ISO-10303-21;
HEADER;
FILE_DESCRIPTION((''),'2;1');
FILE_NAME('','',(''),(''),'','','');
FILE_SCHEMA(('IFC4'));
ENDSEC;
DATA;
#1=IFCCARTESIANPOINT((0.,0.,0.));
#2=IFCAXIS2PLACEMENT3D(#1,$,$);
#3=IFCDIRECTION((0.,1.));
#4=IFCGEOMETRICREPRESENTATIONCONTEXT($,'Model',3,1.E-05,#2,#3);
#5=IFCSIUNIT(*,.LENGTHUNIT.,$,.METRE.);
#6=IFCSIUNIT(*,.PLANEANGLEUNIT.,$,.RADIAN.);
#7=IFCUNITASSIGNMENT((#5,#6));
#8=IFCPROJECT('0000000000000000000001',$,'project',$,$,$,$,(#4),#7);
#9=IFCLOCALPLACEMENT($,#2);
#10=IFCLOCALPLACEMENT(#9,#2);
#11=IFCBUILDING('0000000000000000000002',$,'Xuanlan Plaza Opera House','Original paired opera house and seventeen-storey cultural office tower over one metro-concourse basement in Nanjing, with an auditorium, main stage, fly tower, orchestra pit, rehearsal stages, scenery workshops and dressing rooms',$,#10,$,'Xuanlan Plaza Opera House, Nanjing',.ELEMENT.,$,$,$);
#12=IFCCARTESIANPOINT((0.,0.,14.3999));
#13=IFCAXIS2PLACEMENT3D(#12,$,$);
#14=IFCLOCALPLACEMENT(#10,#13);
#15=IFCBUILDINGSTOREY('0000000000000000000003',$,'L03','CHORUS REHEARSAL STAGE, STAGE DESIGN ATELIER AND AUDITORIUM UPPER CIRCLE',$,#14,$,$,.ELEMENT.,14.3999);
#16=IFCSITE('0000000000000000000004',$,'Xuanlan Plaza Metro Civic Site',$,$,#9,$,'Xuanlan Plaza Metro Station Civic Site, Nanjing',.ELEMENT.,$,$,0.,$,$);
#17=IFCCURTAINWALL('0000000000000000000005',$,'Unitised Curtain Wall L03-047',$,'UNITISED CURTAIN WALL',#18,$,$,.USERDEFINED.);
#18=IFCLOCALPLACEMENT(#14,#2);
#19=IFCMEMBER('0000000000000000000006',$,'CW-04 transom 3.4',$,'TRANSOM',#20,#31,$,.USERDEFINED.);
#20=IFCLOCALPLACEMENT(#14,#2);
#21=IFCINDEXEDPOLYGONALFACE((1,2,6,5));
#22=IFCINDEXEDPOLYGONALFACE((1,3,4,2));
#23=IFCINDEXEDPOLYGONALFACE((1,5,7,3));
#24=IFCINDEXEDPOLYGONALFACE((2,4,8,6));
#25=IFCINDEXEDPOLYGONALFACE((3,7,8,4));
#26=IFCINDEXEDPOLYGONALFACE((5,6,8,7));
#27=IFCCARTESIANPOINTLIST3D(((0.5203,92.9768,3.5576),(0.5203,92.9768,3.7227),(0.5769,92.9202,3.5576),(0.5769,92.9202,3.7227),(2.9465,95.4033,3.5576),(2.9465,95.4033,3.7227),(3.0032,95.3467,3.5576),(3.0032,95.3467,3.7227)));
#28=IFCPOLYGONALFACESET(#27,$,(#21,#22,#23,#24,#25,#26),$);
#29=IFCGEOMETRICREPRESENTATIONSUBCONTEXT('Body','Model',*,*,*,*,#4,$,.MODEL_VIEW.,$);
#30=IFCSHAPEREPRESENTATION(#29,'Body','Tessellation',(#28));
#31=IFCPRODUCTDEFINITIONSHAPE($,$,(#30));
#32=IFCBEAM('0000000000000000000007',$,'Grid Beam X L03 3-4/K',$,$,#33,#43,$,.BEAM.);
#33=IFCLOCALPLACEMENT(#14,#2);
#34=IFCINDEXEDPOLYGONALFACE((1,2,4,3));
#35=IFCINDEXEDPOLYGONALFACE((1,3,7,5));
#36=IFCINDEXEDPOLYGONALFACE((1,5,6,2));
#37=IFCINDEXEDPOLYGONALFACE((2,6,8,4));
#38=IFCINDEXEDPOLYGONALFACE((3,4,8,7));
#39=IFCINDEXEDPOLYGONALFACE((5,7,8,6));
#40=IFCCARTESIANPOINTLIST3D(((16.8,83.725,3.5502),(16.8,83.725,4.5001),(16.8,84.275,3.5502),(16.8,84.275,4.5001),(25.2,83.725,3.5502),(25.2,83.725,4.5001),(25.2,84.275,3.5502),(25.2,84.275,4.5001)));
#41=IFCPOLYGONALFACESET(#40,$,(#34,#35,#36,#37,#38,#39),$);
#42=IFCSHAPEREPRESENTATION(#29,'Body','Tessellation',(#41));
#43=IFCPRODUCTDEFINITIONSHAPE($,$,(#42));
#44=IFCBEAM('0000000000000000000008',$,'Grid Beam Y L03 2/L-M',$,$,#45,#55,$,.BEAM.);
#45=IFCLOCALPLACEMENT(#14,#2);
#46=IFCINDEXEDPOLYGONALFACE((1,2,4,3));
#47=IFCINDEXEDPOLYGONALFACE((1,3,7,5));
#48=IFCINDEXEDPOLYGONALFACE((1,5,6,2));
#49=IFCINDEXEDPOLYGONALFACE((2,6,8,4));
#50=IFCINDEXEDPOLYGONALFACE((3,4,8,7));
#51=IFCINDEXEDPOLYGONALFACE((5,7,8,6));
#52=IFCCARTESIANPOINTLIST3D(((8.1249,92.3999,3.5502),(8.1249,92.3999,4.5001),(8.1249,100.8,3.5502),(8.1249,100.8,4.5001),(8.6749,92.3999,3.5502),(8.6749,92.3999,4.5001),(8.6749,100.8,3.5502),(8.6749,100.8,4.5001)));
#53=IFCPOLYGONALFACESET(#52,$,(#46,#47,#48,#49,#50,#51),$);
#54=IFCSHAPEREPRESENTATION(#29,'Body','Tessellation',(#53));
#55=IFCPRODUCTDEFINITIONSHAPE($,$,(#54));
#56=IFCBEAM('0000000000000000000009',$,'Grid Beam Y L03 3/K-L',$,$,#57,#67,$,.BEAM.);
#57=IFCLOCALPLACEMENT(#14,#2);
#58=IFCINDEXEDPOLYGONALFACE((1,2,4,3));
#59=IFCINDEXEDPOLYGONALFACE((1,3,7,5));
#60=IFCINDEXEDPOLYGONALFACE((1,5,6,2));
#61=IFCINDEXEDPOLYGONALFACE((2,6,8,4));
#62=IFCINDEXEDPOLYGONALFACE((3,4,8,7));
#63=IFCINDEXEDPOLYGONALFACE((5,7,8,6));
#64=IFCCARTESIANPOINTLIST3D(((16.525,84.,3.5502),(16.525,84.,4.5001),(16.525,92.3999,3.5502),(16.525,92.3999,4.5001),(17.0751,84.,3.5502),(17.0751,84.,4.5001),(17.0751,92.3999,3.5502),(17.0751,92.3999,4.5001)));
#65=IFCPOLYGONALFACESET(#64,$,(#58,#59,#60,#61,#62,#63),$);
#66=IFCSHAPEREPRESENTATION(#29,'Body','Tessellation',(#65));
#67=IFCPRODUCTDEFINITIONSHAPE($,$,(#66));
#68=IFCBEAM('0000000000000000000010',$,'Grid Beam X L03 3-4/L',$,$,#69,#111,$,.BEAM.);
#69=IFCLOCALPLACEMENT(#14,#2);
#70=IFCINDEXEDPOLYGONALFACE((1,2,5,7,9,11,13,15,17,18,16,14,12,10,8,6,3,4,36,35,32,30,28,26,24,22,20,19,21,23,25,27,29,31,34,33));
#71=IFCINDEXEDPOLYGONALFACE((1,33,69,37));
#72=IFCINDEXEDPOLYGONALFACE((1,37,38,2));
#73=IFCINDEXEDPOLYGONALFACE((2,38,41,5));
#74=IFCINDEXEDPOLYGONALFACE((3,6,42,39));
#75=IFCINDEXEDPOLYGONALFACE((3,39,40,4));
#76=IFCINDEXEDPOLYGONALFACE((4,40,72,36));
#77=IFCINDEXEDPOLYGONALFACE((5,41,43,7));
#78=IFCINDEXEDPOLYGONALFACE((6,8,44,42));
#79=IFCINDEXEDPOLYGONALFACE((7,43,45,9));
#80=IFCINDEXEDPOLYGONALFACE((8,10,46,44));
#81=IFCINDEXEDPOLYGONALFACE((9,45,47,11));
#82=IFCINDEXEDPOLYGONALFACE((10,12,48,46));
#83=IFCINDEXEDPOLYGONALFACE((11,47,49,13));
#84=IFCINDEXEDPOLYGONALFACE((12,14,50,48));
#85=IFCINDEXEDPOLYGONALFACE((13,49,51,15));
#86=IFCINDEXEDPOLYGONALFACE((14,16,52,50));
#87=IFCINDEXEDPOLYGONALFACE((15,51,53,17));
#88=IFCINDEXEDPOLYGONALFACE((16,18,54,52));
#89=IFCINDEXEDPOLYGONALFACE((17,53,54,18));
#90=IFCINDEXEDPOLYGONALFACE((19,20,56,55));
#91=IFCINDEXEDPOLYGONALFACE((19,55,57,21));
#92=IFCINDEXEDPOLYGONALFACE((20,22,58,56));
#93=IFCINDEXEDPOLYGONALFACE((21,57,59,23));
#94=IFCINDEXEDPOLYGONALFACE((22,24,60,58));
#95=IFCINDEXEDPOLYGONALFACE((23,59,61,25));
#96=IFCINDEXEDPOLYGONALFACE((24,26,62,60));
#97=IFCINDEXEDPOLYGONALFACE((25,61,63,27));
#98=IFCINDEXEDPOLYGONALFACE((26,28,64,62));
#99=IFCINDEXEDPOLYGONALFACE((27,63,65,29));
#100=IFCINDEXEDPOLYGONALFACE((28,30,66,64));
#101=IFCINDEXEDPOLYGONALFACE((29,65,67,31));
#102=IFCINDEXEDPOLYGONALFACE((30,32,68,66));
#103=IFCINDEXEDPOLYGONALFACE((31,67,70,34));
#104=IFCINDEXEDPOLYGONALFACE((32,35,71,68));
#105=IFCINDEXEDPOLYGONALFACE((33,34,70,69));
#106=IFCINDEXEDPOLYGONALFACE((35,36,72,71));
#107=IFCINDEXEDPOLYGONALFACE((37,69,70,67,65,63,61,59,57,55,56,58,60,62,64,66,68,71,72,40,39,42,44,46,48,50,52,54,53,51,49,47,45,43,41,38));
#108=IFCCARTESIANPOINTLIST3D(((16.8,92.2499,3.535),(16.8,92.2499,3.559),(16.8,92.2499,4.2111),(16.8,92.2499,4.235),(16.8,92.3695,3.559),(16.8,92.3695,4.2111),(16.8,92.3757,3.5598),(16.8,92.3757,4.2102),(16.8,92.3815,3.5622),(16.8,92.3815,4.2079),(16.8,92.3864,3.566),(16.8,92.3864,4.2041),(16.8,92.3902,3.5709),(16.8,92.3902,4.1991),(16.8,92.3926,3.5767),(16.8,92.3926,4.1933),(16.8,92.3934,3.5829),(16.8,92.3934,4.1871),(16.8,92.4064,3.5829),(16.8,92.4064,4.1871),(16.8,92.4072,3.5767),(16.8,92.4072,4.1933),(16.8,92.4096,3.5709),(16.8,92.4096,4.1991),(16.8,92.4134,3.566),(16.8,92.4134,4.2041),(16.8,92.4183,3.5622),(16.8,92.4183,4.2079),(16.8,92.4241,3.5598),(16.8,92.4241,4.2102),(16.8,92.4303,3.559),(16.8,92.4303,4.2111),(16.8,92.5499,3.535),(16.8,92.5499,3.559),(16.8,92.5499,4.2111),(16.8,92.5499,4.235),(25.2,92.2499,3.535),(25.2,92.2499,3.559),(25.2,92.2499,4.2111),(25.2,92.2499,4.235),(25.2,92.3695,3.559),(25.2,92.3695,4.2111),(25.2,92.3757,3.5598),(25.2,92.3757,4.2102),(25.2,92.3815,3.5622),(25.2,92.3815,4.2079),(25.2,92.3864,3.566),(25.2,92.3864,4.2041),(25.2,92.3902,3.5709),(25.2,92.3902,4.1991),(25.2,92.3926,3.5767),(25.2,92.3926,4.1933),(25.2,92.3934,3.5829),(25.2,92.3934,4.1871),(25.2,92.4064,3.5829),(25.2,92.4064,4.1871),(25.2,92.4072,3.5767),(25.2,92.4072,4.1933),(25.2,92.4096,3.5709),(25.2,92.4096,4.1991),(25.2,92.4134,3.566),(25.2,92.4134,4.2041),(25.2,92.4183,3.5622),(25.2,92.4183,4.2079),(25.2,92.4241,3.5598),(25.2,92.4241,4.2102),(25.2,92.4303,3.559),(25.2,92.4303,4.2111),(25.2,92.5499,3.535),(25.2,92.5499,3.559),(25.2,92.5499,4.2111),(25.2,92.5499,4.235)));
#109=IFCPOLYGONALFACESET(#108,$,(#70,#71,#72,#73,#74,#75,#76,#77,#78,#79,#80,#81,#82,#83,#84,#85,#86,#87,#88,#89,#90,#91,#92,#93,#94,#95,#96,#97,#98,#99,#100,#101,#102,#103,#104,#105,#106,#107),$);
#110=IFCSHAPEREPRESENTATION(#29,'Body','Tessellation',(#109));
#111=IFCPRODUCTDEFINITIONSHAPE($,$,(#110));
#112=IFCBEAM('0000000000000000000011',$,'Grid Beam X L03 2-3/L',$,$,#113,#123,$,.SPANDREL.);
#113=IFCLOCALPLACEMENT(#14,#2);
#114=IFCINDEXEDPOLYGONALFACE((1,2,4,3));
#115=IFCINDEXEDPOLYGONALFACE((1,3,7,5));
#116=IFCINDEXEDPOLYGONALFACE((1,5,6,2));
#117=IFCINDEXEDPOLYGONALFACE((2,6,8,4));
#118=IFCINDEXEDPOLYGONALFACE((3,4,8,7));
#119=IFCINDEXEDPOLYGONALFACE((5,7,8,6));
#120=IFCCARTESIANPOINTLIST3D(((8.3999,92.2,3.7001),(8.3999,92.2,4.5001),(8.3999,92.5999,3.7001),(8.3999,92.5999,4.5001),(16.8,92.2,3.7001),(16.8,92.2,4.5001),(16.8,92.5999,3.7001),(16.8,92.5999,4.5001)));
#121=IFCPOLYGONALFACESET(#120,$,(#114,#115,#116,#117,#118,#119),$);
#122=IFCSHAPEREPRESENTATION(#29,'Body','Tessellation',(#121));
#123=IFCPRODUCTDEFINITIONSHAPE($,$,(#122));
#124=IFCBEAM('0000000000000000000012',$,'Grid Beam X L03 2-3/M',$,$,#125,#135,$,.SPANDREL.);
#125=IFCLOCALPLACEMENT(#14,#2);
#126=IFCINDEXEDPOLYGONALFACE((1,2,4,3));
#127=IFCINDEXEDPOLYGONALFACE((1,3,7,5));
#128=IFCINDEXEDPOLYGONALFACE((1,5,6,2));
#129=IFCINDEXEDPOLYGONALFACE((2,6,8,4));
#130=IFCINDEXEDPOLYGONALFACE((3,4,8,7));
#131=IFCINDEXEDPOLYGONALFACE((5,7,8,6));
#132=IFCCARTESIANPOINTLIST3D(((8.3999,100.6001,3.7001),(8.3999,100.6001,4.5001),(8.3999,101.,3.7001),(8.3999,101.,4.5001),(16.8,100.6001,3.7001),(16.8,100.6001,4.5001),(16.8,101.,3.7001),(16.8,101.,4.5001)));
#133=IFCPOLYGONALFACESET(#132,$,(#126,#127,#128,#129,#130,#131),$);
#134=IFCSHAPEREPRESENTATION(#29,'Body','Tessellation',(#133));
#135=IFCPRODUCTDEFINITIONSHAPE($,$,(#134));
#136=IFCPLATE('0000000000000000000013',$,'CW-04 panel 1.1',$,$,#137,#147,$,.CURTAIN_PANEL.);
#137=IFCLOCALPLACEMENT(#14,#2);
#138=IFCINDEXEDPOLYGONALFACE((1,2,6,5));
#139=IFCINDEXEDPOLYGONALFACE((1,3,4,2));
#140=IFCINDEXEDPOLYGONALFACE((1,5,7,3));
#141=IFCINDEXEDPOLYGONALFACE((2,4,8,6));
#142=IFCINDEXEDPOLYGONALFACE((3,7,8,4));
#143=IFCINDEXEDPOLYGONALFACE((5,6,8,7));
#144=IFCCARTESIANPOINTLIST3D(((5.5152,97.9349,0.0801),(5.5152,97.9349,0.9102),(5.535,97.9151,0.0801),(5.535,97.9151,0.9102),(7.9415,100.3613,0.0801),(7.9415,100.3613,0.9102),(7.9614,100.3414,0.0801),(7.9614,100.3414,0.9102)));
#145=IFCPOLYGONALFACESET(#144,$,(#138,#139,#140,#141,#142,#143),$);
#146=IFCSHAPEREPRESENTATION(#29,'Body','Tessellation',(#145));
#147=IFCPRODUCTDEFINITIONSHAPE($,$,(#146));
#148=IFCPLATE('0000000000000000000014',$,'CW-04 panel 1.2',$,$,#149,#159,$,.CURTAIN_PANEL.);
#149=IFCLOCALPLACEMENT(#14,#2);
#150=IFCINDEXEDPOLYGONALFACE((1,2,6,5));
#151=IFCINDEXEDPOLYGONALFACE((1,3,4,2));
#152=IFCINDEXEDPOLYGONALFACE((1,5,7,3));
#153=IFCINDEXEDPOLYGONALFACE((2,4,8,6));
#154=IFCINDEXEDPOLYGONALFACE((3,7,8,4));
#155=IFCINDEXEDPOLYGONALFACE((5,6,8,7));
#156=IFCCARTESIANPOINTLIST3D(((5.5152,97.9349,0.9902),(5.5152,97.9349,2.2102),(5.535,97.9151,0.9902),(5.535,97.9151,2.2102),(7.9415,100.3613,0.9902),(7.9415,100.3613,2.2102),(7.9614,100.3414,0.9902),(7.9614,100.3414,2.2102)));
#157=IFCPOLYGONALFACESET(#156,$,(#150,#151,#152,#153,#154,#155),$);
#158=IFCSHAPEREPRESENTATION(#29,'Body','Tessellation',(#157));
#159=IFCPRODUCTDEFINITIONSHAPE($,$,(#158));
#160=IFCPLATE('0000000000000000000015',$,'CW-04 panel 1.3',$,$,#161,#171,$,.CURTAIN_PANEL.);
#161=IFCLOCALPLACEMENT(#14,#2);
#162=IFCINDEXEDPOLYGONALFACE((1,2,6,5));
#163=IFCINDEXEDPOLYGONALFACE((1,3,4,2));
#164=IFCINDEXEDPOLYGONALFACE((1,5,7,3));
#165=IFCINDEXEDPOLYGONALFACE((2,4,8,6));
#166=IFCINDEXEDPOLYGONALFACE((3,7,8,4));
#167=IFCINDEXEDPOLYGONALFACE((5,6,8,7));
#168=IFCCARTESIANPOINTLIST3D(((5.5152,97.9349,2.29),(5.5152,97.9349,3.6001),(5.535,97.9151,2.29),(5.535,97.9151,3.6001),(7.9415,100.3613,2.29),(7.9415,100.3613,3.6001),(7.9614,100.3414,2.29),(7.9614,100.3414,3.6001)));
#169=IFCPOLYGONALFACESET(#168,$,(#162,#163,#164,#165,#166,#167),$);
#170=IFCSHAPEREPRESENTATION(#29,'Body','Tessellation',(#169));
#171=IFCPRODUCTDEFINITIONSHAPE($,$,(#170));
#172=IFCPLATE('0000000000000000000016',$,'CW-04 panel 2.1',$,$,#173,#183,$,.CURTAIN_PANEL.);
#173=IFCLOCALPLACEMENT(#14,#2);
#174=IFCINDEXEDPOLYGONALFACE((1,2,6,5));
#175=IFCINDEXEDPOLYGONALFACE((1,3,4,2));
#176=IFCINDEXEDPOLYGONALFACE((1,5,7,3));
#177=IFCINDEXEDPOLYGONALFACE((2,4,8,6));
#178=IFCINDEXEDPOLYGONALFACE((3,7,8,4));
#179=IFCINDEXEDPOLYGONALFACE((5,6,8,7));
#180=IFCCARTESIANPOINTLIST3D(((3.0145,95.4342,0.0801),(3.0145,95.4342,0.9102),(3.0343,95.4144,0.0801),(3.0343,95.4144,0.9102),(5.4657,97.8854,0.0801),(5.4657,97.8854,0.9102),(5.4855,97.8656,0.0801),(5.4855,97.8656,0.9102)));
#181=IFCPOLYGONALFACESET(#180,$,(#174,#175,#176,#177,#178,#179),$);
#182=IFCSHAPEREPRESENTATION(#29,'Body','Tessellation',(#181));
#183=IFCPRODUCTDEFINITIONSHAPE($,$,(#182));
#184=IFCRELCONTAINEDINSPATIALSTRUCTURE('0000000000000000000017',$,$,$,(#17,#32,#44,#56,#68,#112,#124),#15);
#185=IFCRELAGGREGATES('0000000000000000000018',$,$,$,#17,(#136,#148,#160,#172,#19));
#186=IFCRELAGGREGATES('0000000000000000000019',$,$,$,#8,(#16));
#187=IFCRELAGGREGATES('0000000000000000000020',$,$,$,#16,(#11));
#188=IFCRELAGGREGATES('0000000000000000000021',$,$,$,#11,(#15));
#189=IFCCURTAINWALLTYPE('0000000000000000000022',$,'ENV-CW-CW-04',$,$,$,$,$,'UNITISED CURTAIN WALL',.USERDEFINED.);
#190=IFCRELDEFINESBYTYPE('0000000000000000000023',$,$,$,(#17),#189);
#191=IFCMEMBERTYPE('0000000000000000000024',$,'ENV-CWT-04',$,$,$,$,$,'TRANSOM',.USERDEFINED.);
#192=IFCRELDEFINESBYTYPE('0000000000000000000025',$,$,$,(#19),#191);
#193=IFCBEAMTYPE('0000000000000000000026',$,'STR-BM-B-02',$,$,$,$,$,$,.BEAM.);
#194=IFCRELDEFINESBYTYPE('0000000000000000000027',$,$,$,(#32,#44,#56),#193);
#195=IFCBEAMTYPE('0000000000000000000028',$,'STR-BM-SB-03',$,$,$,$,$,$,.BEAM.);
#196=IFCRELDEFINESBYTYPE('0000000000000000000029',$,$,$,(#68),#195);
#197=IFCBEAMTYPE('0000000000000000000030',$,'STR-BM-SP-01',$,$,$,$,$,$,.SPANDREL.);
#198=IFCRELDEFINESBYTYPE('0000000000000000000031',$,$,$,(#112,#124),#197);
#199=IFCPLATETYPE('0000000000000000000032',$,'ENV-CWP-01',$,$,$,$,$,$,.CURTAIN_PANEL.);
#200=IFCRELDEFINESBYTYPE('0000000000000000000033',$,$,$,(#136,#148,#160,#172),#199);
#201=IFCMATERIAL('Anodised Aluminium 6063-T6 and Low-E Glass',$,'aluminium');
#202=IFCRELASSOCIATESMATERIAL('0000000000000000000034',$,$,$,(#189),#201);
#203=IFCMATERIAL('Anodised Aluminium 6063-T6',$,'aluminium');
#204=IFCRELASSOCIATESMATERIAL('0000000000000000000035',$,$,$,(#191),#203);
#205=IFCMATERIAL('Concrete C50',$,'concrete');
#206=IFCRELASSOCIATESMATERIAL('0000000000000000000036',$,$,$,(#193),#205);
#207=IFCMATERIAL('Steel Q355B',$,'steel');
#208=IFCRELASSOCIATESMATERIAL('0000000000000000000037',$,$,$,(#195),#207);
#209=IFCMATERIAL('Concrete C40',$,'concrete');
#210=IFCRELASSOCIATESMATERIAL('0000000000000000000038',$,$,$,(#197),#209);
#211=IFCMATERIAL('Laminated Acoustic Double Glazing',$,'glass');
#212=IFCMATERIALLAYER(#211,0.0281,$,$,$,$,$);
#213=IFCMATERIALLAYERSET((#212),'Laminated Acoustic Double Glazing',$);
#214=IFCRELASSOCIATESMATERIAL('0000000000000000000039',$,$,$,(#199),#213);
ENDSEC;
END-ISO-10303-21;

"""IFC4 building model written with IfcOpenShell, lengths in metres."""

from ifc_helpers import new_model, si_unit, direction, frame, origin, origin_2d, place, context, subcontext, project, spatial, rectangle, i_section, extrude, material, layer, layer_set, material_profile, profile_set, type_object, element, aggregate, save


model = new_model("IFC4")

# Units and contexts
model_context = context("Model", 3, precision=1e-05, world=origin(), true_north=direction((0.0, 1.0)))
body_context = subcontext(model_context, "Body", "Model", "MODEL_VIEW")
ifc_project = project(units=[si_unit("LENGTHUNIT", "METRE"), si_unit("PLANEANGLEUNIT", "RADIAN")], contexts=[model_context])

# Site, building, storey
site_placement = place(None, origin())
site = spatial("IfcSite", under=ifc_project, at=site_placement, Name="Xuanlan Plaza Metro Civic Site", LongName="Xuanlan Plaza Metro Station Civic Site, Nanjing", CompositionType="ELEMENT", RefElevation=0.0)
building_placement = place(site_placement, origin())
building = spatial("IfcBuilding", under=site, at=building_placement, Name="Xuanlan Plaza Opera House", Description="Original paired opera house and seventeen-storey cultural office tower over one metro-concourse basement in Nanjing, with an auditorium, main stage, fly tower, orchestra pit, rehearsal stages, scenery workshops and dressing rooms", LongName="Xuanlan Plaza Opera House, Nanjing", CompositionType="ELEMENT")
storey_placement = place(building_placement, frame((0.0, 0.0, 14.3999)))
storey = spatial("IfcBuildingStorey", under=building, at=storey_placement, Name="L03", Description="CHORUS REHEARSAL STAGE, STAGE DESIGN ATELIER AND AUDITORIUM UPPER CIRCLE", CompositionType="ELEMENT", Elevation=14.3999)

# Shared definitions
ifc_material_1 = material(Name="Concrete C40", Category="concrete")

# Curtain wall, member
ifc_material_2 = material(Name="Anodised Aluminium 6063-T6 and Low-E Glass", Category="aluminium")
curtain_wall_type = type_object("IfcCurtainWallType", Name="ENV-CW-CW-04", ElementType="UNITISED CURTAIN WALL", PredefinedType="USERDEFINED", material=ifc_material_2)
curtain_wall_placement = place(storey_placement, origin())
curtain_wall = element("IfcCurtainWall", 1, at=curtain_wall_placement, inside=storey, type_object=curtain_wall_type, Name="Unitised Curtain Wall L03-047", ObjectType="UNITISED CURTAIN WALL", PredefinedType="USERDEFINED")
ifc_material_3 = material(Name="Anodised Aluminium 6063-T6", Category="aluminium")
ifc_material_profile_1 = material_profile(ifc_material_3, rectangle(XDim=0.0801, YDim=0.165, at=origin_2d()), Name="ALU-T 80x165")
ifc_profile_set_1 = profile_set([ifc_material_profile_1], Name="Anodised Aluminium 6063-T6")
member_type_1 = type_object("IfcMemberType", Name="ENV-CWT-04", ElementType="TRANSOM", PredefinedType="USERDEFINED", material=ifc_profile_set_1)
member_1_placement = place(storey_placement, frame((2.9749, 95.375, 3.6401), z_axis=(-0.707071, -0.707142, 0.0), x_axis=(0.707142, -0.707071, 0.0)))
member_1 = element("IfcMember", 2, at=member_1_placement, type_object=member_type_1, Name="CW-04 transom 3.4", ObjectType="TRANSOM", PredefinedType="USERDEFINED", context=body_context, shape_type="SweptSolid", body=[
    extrude(rectangle(XDim=0.0801, YDim=0.165, at=origin_2d()), origin(), (0.0, 0.0, 1.0), 3.4314),
])

# Beams
ifc_material_4 = material(Name="Concrete C50", Category="concrete")
ifc_material_profile_2 = material_profile(ifc_material_4, rectangle(XDim=0.55, YDim=0.95, at=origin_2d()), Name="RC-BM 550x950")
ifc_profile_set_2 = profile_set([ifc_material_profile_2], Name="Concrete C50")
beam_type_1 = type_object("IfcBeamType", Name="STR-BM-B-02", PredefinedType="BEAM", material=ifc_profile_set_2)
beam_1_placement = place(storey_placement, frame((16.8, 84.0, 4.0251), z_axis=(1.0, 0.0, 0.0), x_axis=(0.0, 1.0, 0.0)))
element("IfcBeam", 3, at=beam_1_placement, inside=storey, type_object=beam_type_1, Name="Grid Beam X L03 3-4/K", PredefinedType="BEAM", context=body_context, shape_type="SweptSolid", body=[
    extrude(rectangle(XDim=0.55, YDim=0.95, at=origin_2d()), origin(), (0.0, 0.0, 1.0), 8.3999),
])
beam_2_placement = place(storey_placement, frame((8.3999, 92.3999, 4.0251), z_axis=(0.0, 1.0, 0.0), x_axis=(-1.0, 0.0, 0.0)))
element("IfcBeam", 4, at=beam_2_placement, inside=storey, type_object=beam_type_1, Name="Grid Beam Y L03 2/L-M", PredefinedType="BEAM", context=body_context, shape_type="SweptSolid", body=[
    extrude(rectangle(XDim=0.55, YDim=0.95, at=origin_2d()), origin(), (0.0, 0.0, 1.0), 8.4001),
])
beam_3_placement = place(storey_placement, frame((16.8, 84.0, 4.0251), z_axis=(0.0, 1.0, 0.0), x_axis=(-1.0, 0.0, 0.0)))
element("IfcBeam", 5, at=beam_3_placement, inside=storey, type_object=beam_type_1, Name="Grid Beam Y L03 3/K-L", PredefinedType="BEAM", context=body_context, shape_type="SweptSolid", body=[
    extrude(rectangle(XDim=0.55, YDim=0.95, at=origin_2d()), origin(), (0.0, 0.0, 1.0), 8.3999),
])
ifc_material_5 = material(Name="Steel Q355B", Category="steel")
ifc_material_profile_3 = material_profile(ifc_material_5, i_section(OverallWidth=0.3, OverallDepth=0.7, WebThickness=0.0129, FlangeThickness=0.0239, FilletRadius=0.0239, at=origin_2d()), Name="HN 700x300x13x24")
ifc_profile_set_3 = profile_set([ifc_material_profile_3], Name="Steel Q355B")
beam_type_2 = type_object("IfcBeamType", Name="STR-BM-SB-03", PredefinedType="BEAM", material=ifc_profile_set_3)
beam_4_placement = place(storey_placement, frame((16.8, 92.3999, 3.885), z_axis=(1.0, 0.0, 0.0), x_axis=(0.0, 1.0, 0.0)))
element("IfcBeam", 6, at=beam_4_placement, inside=storey, type_object=beam_type_2, Name="Grid Beam X L03 3-4/L", PredefinedType="BEAM", context=body_context, shape_type="SweptSolid", body=[
    extrude(i_section(OverallWidth=0.3, OverallDepth=0.7, WebThickness=0.0129, FlangeThickness=0.0239, FilletRadius=0.0239, at=origin_2d()), origin(), (0.0, 0.0, 1.0), 8.3999),
])
ifc_material_profile_4 = material_profile(ifc_material_1, rectangle(XDim=0.3999, YDim=0.8, at=origin_2d()), Name="RC-SPD 400x800")
ifc_profile_set_4 = profile_set([ifc_material_profile_4], Name="Concrete C40")
beam_type_3 = type_object("IfcBeamType", Name="STR-BM-SP-01", PredefinedType="SPANDREL", material=ifc_profile_set_4)
for number, where, z_axis, x_axis, name in (
    (7, (8.3999, 92.3999, 4.1001), (1.0, 0.0, 0.0), (0.0, 1.0, 0.0), "Grid Beam X L03 2-3/L"),
    (8, (8.3999, 100.8, 4.1001), (1.0, 0.0, 0.0), (0.0, 1.0, 0.0), "Grid Beam X L03 2-3/M"),
):
    element("IfcBeam", number, at=place(storey_placement, frame(where, z_axis=z_axis, x_axis=x_axis)), inside=storey, type_object=beam_type_3, Name=name, PredefinedType="SPANDREL", context=body_context, shape_type="SweptSolid", body=[
        extrude(rectangle(XDim=0.3999, YDim=0.8, at=origin_2d()), origin(), (0.0, 0.0, 1.0), 8.4001),
    ])

# Plates
ifc_material_6 = material(Name="Laminated Acoustic Double Glazing", Category="glass")
ifc_layer_1 = layer(ifc_material_6, 0.0281)
ifc_layer_set_1 = layer_set([ifc_layer_1], Name="Laminated Acoustic Double Glazing")
plate_type = type_object("IfcPlateType", Name="ENV-CWP-01", PredefinedType="CURTAIN_PANEL", material=ifc_layer_set_1)
plate_1_placement = place(storey_placement, frame((6.7383, 99.1382, 0.0801), z_axis=(0.0, 0.0, 1.0), x_axis=(-0.707107, -0.707107, 0.0)))
plate_1 = element("IfcPlate", 9, at=plate_1_placement, type_object=plate_type, Name="CW-04 panel 1.1", PredefinedType="CURTAIN_PANEL", context=body_context, shape_type="SweptSolid", body=[
    extrude(rectangle(XDim=3.4314, YDim=0.0281, at=origin_2d()), origin(), (0.0, 0.0, 1.0), 0.8301),
])
plate_2_placement = place(storey_placement, frame((6.7383, 99.1382, 0.9902), z_axis=(0.0, 0.0, 1.0), x_axis=(-0.707107, -0.707107, 0.0)))
plate_2 = element("IfcPlate", 10, at=plate_2_placement, type_object=plate_type, Name="CW-04 panel 1.2", PredefinedType="CURTAIN_PANEL", context=body_context, shape_type="SweptSolid", body=[
    extrude(rectangle(XDim=3.4314, YDim=0.0281, at=origin_2d()), origin(), (0.0, 0.0, 1.0), 1.22),
])
plate_3_placement = place(storey_placement, frame((6.7383, 99.1382, 2.29), z_axis=(0.0, 0.0, 1.0), x_axis=(-0.707107, -0.707107, 0.0)))
plate_3 = element("IfcPlate", 11, at=plate_3_placement, type_object=plate_type, Name="CW-04 panel 1.3", PredefinedType="CURTAIN_PANEL", context=body_context, shape_type="SweptSolid", body=[
    extrude(rectangle(XDim=3.4314, YDim=0.0281, at=origin_2d()), origin(), (0.0, 0.0, 1.0), 1.3101),
])
plate_4_placement = place(storey_placement, frame((4.25, 96.6499, 0.0801), z_axis=(0.0, 0.0, 1.0), x_axis=(-0.707107, -0.707107, 0.0)))
plate_4 = element("IfcPlate", 12, at=plate_4_placement, type_object=plate_type, Name="CW-04 panel 2.1", PredefinedType="CURTAIN_PANEL", context=body_context, shape_type="SweptSolid", body=[
    extrude(rectangle(XDim=3.4666, YDim=0.0281, at=origin_2d()), origin(), (0.0, 0.0, 1.0), 0.8301),
])
aggregate(curtain_wall, [plate_1, plate_2, plate_3, plate_4, member_1])

save(model, "model.ifc")
